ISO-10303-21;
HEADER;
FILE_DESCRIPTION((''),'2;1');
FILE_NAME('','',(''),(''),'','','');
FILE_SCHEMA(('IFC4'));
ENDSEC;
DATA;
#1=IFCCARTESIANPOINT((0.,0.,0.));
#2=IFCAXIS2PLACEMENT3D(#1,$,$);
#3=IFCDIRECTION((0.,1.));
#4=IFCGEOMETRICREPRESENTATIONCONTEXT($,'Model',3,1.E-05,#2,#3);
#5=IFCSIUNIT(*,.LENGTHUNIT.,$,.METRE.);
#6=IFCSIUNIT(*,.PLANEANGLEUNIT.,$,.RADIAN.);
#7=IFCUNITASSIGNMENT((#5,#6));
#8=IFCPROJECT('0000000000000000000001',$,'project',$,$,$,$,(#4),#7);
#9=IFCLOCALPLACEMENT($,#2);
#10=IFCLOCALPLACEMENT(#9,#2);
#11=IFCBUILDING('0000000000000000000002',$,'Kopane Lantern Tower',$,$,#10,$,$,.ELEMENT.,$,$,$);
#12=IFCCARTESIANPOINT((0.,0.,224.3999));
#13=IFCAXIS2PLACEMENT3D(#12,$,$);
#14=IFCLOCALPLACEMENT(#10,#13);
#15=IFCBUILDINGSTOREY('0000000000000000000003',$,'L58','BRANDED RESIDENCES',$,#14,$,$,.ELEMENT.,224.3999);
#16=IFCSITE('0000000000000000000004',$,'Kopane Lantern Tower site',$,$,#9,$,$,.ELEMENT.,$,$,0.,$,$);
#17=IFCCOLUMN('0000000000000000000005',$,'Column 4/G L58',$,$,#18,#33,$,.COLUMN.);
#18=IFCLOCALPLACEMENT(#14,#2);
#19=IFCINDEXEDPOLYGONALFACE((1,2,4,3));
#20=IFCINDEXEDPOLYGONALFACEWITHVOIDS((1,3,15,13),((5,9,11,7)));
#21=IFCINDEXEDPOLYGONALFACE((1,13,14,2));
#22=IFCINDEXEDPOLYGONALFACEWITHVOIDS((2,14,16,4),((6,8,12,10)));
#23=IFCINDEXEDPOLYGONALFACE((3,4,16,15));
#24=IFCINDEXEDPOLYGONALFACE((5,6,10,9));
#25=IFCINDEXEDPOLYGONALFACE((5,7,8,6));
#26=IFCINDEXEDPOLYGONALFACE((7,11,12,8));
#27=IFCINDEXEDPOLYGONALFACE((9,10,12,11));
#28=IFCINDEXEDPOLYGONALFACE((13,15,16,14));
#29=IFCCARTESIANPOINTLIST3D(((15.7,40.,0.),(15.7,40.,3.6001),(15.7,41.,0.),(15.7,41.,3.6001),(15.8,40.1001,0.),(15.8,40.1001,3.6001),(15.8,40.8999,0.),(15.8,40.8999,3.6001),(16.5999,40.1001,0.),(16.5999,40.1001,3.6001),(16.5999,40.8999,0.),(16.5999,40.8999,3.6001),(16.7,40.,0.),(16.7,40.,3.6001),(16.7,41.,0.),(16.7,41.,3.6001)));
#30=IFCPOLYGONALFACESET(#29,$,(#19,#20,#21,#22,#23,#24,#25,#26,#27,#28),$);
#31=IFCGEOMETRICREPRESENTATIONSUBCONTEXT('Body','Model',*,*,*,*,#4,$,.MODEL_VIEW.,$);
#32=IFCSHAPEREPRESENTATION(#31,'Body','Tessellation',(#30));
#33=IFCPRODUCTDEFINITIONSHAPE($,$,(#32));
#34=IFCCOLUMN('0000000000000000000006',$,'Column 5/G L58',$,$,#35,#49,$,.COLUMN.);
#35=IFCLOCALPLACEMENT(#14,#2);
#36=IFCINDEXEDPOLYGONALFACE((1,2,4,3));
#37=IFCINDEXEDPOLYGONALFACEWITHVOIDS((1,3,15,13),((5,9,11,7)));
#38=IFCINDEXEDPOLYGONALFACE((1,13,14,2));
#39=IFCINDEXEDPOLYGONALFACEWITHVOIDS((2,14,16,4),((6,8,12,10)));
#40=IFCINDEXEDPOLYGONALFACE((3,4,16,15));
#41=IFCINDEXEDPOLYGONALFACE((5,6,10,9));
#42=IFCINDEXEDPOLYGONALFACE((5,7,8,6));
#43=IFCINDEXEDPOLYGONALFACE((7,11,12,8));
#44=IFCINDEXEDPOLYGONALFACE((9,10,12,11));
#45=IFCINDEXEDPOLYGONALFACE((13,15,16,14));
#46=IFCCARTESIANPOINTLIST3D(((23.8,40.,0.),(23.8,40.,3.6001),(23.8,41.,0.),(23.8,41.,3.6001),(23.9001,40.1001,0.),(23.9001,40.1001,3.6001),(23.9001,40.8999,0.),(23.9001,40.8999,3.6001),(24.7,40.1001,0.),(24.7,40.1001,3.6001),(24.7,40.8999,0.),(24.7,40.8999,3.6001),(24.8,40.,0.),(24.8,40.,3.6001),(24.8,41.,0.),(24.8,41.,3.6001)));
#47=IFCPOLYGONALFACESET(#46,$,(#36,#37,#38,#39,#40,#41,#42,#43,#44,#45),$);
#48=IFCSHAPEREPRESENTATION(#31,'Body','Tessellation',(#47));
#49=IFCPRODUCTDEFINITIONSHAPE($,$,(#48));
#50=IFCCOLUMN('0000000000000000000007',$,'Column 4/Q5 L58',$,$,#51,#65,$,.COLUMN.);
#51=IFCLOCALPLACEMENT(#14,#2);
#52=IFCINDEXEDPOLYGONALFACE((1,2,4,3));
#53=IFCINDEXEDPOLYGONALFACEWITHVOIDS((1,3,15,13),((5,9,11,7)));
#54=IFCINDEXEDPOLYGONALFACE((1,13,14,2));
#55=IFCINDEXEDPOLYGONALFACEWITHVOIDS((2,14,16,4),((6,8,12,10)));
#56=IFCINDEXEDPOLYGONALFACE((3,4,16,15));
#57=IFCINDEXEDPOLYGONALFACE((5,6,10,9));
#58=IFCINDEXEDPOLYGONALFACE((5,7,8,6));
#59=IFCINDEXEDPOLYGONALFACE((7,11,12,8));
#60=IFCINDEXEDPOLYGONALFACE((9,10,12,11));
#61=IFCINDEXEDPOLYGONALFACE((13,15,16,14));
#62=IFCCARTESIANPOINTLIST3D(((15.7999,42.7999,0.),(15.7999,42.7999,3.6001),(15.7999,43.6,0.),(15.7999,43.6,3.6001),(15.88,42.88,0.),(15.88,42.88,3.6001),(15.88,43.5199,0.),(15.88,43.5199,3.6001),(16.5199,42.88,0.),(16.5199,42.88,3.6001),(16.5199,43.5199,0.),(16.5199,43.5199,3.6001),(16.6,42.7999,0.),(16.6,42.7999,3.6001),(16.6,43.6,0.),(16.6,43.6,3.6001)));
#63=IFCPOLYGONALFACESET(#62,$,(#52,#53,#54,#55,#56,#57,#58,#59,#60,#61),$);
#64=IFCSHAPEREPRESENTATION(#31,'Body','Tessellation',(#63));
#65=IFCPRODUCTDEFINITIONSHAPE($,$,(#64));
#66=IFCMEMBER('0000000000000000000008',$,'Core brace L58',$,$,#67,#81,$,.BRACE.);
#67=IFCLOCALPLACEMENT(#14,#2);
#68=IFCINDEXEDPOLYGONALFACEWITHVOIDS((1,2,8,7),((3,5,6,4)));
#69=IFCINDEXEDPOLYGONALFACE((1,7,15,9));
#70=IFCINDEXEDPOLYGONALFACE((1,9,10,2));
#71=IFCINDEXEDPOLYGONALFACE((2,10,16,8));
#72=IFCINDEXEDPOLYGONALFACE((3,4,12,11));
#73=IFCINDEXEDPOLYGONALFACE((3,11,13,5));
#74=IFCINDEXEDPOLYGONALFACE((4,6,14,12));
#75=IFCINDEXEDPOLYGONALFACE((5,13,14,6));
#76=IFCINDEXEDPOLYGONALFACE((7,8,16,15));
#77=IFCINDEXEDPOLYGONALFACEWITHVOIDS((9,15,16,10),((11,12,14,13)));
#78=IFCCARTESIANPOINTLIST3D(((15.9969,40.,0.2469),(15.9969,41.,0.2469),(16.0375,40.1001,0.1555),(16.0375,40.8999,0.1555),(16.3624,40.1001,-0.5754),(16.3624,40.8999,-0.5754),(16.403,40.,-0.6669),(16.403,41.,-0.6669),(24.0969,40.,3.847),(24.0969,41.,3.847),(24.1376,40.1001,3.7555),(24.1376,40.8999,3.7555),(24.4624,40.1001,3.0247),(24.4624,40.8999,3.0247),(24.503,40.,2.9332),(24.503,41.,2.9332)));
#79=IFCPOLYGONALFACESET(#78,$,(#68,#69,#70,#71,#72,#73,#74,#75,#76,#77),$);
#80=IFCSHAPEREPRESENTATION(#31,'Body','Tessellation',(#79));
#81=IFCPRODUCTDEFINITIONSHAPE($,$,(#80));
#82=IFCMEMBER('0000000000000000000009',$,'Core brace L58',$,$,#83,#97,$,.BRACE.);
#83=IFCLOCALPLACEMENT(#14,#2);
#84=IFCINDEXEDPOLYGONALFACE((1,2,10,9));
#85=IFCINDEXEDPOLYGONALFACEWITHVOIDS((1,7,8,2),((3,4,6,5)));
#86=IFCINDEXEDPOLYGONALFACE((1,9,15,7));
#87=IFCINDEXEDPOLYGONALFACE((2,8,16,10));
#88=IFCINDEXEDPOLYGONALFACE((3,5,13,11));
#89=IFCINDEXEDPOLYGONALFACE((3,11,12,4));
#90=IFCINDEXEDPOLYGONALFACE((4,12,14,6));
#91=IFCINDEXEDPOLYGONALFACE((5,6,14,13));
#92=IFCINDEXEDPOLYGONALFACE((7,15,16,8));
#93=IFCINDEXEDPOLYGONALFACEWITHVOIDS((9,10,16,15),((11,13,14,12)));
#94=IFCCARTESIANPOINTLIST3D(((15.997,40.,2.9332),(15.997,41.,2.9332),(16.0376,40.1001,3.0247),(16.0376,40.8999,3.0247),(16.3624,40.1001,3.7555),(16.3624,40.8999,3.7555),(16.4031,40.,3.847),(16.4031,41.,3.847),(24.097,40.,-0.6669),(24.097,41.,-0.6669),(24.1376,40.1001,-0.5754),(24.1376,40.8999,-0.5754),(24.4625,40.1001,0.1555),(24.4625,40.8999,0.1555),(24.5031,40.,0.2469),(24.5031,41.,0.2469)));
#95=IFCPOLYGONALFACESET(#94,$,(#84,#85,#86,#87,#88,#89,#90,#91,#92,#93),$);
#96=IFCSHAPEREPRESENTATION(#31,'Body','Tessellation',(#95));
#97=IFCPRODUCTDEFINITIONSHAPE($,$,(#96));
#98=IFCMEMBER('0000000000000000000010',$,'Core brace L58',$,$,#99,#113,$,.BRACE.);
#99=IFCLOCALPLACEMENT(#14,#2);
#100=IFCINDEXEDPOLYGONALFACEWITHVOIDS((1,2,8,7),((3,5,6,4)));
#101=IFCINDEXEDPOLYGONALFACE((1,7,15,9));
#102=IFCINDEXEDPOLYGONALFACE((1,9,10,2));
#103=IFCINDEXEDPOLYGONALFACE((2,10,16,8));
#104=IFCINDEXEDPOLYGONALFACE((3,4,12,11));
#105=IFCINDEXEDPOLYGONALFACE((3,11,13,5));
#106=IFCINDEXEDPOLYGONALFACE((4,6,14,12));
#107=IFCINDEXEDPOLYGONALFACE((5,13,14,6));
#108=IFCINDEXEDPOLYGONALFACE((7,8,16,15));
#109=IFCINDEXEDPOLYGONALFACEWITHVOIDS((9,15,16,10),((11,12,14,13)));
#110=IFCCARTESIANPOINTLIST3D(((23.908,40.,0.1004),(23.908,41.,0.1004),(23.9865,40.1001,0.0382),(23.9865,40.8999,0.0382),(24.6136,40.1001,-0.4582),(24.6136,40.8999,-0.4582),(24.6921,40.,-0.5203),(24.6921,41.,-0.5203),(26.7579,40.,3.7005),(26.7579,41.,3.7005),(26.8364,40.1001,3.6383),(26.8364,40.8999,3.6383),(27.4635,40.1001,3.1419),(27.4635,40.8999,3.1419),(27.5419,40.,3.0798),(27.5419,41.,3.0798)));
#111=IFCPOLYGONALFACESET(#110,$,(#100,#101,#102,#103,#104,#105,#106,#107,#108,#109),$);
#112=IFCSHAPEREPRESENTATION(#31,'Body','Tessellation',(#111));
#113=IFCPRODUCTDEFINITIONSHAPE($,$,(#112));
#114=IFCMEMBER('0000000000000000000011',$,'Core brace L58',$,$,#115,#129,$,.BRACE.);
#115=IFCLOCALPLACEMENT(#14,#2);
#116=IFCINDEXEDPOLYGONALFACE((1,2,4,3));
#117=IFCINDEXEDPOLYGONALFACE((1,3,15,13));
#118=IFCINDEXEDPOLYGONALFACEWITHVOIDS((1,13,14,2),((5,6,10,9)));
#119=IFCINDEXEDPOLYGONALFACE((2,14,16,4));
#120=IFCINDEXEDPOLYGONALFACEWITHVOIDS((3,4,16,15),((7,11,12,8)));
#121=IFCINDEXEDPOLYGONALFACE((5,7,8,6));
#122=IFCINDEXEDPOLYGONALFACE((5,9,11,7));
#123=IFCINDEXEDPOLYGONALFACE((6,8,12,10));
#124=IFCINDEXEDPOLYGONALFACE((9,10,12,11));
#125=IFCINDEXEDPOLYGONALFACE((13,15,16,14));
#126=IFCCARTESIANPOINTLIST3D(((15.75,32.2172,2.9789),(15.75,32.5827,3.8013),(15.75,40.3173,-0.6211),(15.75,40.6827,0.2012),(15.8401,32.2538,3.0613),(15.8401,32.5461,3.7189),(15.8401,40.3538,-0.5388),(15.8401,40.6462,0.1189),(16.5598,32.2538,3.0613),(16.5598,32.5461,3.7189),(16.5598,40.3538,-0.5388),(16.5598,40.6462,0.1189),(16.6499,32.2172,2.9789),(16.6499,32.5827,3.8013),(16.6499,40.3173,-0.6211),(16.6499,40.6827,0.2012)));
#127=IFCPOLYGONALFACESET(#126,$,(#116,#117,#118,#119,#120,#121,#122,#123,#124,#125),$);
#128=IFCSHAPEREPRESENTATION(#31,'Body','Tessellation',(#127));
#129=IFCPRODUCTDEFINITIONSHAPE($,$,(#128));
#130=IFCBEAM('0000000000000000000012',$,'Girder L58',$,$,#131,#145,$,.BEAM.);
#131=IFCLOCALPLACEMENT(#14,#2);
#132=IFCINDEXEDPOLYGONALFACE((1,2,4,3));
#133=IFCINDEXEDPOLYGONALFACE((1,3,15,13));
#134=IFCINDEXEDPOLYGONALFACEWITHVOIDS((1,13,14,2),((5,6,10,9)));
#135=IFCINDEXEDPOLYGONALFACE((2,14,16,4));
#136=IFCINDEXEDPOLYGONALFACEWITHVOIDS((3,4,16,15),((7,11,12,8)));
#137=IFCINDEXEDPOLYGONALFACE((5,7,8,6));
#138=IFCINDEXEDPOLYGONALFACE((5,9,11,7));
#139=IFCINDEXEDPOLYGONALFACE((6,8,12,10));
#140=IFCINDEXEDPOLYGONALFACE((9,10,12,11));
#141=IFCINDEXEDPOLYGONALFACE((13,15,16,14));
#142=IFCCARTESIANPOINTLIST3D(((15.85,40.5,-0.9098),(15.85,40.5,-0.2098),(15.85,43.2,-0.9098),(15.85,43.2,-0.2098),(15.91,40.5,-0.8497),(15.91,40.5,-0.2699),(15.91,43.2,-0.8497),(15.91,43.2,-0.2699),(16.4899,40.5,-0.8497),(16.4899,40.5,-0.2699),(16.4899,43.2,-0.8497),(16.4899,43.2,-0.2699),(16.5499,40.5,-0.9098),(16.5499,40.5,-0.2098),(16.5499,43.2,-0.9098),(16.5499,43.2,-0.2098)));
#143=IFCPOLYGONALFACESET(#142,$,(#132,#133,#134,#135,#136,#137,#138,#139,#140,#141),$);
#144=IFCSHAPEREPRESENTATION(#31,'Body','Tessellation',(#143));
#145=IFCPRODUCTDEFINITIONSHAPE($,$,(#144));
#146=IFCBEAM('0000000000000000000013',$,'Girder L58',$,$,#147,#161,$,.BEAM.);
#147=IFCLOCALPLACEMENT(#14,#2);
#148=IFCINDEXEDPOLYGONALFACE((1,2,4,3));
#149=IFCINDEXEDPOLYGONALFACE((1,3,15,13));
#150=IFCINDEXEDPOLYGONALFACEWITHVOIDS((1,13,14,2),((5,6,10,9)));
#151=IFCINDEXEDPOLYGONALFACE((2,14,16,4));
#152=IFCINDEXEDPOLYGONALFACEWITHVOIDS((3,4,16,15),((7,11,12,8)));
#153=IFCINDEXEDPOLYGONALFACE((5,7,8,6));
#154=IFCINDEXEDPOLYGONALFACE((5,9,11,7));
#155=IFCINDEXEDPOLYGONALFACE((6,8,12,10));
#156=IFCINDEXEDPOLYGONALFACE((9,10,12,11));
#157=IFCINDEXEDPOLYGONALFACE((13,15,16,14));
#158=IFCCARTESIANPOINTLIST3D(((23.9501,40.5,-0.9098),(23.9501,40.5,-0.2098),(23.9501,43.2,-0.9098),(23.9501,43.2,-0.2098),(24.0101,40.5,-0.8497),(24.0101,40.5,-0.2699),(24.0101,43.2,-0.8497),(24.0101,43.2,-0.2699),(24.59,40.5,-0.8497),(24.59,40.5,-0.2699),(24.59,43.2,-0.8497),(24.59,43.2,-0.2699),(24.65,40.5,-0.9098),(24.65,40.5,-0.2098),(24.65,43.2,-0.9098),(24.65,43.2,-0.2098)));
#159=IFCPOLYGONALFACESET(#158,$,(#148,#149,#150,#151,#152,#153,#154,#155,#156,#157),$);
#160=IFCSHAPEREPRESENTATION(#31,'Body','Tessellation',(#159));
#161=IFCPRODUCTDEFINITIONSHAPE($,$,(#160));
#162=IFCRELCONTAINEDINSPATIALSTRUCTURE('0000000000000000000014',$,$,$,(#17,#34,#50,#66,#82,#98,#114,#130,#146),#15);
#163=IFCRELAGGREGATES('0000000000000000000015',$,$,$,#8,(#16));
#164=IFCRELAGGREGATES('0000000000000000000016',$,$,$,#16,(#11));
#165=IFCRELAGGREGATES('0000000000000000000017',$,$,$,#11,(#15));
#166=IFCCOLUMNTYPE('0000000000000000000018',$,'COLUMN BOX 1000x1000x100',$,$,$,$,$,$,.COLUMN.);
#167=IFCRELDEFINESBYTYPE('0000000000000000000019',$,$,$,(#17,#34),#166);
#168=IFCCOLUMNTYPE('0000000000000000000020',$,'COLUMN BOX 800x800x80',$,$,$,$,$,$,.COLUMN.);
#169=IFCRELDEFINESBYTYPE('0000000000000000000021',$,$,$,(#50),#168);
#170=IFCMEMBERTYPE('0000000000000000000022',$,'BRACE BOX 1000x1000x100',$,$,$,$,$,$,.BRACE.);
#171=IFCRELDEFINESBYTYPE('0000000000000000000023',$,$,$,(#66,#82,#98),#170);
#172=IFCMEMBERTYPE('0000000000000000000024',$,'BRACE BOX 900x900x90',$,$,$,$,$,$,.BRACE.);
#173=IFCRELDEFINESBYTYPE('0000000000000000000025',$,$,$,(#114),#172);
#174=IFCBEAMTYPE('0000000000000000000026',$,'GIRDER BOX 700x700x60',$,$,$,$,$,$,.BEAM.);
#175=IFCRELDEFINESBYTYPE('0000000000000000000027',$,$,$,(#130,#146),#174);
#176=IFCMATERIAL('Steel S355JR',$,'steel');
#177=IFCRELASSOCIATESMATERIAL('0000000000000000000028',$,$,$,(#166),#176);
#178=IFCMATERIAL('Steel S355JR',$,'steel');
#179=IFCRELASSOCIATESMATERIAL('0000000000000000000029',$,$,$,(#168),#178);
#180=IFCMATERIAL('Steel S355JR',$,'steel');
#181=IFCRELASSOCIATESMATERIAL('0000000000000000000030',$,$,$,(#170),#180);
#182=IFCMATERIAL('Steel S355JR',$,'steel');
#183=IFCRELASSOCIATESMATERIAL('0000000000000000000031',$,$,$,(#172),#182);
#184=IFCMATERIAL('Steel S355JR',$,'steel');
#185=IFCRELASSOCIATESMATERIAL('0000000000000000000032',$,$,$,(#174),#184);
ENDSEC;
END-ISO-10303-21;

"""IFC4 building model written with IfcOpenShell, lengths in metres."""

from ifc_helpers import new_model, si_unit, direction, frame, origin, origin_2d, place, context, subcontext, project, spatial, hollow_rectangle, extrude, material, material_profile, profile_set, type_object, element, save


model = new_model("IFC4")

# Units and contexts
model_context = context("Model", 3, precision=1e-05, world=origin(), true_north=direction((0.0, 1.0)))
body_context = subcontext(model_context, "Body", "Model", "MODEL_VIEW")
ifc_project = project(units=[si_unit("LENGTHUNIT", "METRE"), si_unit("PLANEANGLEUNIT", "RADIAN")], contexts=[model_context])

# Site, building, storey
site_placement = place(None, origin())
site = spatial("IfcSite", under=ifc_project, at=site_placement, Name="Kopane Lantern Tower site", CompositionType="ELEMENT", RefElevation=0.0)
building_placement = place(site_placement, origin())
building = spatial("IfcBuilding", under=site, at=building_placement, Name="Kopane Lantern Tower", CompositionType="ELEMENT")
storey_placement = place(building_placement, frame((0.0, 0.0, 224.3999)))
storey = spatial("IfcBuildingStorey", under=building, at=storey_placement, Name="L58", Description="BRANDED RESIDENCES", CompositionType="ELEMENT", Elevation=224.3999)

# Columns
ifc_material_1 = material(Name="Steel S355JR", Category="steel")
ifc_material_profile_1 = material_profile(ifc_material_1, hollow_rectangle(XDim=1.0, YDim=1.0, WallThickness=0.1001, at=origin_2d()), Name="BOX 1000x1000x100")
ifc_profile_set_1 = profile_set([ifc_material_profile_1], Name="Steel S355JR")
column_type_1 = type_object("IfcColumnType", Name="COLUMN BOX 1000x1000x100", PredefinedType="COLUMN", material=ifc_profile_set_1)
for number, where, z_axis, x_axis, name in (
    (1, (16.2, 40.5, 0.0), (0.0, 0.0, 1.0), (1.0, 0.0, 0.0), "Column 4/G L58"),
    (2, (24.3, 40.5, 0.0), (0.0, 0.0, 1.0), (1.0, 0.0, 0.0), "Column 5/G L58"),
):
    element("IfcColumn", number, at=place(storey_placement, frame(where, z_axis=z_axis, x_axis=x_axis)), inside=storey, type_object=column_type_1, Name=name, PredefinedType="COLUMN", context=body_context, shape_type="SweptSolid", body=[
        extrude(hollow_rectangle(XDim=1.0, YDim=1.0, WallThickness=0.1001, at=origin_2d()), origin(), (0.0, 0.0, 1.0), 3.6001),
    ])
ifc_material_2 = material(Name="Steel S355JR", Category="steel")
ifc_material_profile_2 = material_profile(ifc_material_2, hollow_rectangle(XDim=0.8, YDim=0.8, WallThickness=0.0801, at=origin_2d()), Name="BOX 800x800x80")
ifc_profile_set_2 = profile_set([ifc_material_profile_2], Name="Steel S355JR")
column_type_2 = type_object("IfcColumnType", Name="COLUMN BOX 800x800x80", PredefinedType="COLUMN", material=ifc_profile_set_2)
column_placement = place(storey_placement, frame((16.2, 43.2, 0.0), z_axis=(0.0, 0.0, 1.0), x_axis=(1.0, 0.0, 0.0)))
element("IfcColumn", 3, at=column_placement, inside=storey, type_object=column_type_2, Name="Column 4/Q5 L58", PredefinedType="COLUMN", context=body_context, shape_type="SweptSolid", body=[
    extrude(hollow_rectangle(XDim=0.8, YDim=0.8, WallThickness=0.0801, at=origin_2d()), origin(), (0.0, 0.0, 1.0), 3.6001),
])

# Members
ifc_material_3 = material(Name="Steel S355JR", Category="steel")
ifc_material_profile_3 = material_profile(ifc_material_3, hollow_rectangle(XDim=1.0, YDim=1.0, WallThickness=0.1001, at=origin_2d()), Name="BOX 1000x1000x100")
ifc_profile_set_3 = profile_set([ifc_material_profile_3], Name="Steel S355JR")
member_type_1 = type_object("IfcMemberType", Name="BRACE BOX 1000x1000x100", PredefinedType="BRACE", material=ifc_profile_set_3)
for number, where, z_axis, x_axis, name in (
    (4, (16.2, 40.5, -0.21), (0.913809, 0.0, 0.406144), (0.0, 1.0, 0.0), "Core brace L58"),
    (5, (24.3, 40.5, -0.21), (-0.913809, 0.0, 0.406144), (0.0, -1.0, 0.0), "Core brace L58"),
):
    element("IfcMember", number, at=place(storey_placement, frame(where, z_axis=z_axis, x_axis=x_axis)), inside=storey, type_object=member_type_1, Name=name, PredefinedType="BRACE", context=body_context, shape_type="SweptSolid", body=[
        extrude(hollow_rectangle(XDim=1.0, YDim=1.0, WallThickness=0.1001, at=origin_2d()), origin(), (0.0, 0.0, 1.0), 8.864),
    ])
member_1_placement = place(storey_placement, frame((24.3, 40.5, -0.21), z_axis=(0.620673, 0.0, 0.78407), x_axis=(0.0, 1.0, 0.0)))
element("IfcMember", 6, at=member_1_placement, inside=storey, type_object=member_type_1, Name="Core brace L58", PredefinedType="BRACE", context=body_context, shape_type="SweptSolid", body=[
    extrude(hollow_rectangle(XDim=1.0, YDim=1.0, WallThickness=0.1001, at=origin_2d()), origin(), (0.0, 0.0, 1.0), 4.5916),
])
ifc_material_4 = material(Name="Steel S355JR", Category="steel")
ifc_material_profile_4 = material_profile(ifc_material_4, hollow_rectangle(XDim=0.8999, YDim=0.8999, WallThickness=0.0901, at=origin_2d()), Name="BOX 900x900x90")
ifc_profile_set_4 = profile_set([ifc_material_profile_4], Name="Steel S355JR")
member_type_2 = type_object("IfcMemberType", Name="BRACE BOX 900x900x90", PredefinedType="BRACE", material=ifc_profile_set_4)
member_2_placement = place(storey_placement, frame((16.2, 40.5, -0.21), z_axis=(0.0, -0.913809, 0.406144), x_axis=(1.0, 0.0, 0.0)))
element("IfcMember", 7, at=member_2_placement, inside=storey, type_object=member_type_2, Name="Core brace L58", PredefinedType="BRACE", context=body_context, shape_type="SweptSolid", body=[
    extrude(hollow_rectangle(XDim=0.8999, YDim=0.8999, WallThickness=0.0901, at=origin_2d()), origin(), (0.0, 0.0, 1.0), 8.864),
])

# Beams
ifc_material_5 = material(Name="Steel S355JR", Category="steel")
ifc_material_profile_5 = material_profile(ifc_material_5, hollow_rectangle(XDim=0.7, YDim=0.7, WallThickness=0.0601, at=origin_2d()), Name="BOX 700x700x60")
ifc_profile_set_5 = profile_set([ifc_material_profile_5], Name="Steel S355JR")
beam_type_1 = type_object("IfcBeamType", Name="GIRDER BOX 700x700x60", PredefinedType="BEAM", material=ifc_profile_set_5)
for number, where, z_axis, x_axis, name in (
    (8, (16.2, 40.5, -0.5598), (0.0, 1.0, 0.0), (-1.0, 0.0, 0.0), "Girder L58"),
    (9, (24.3, 40.5, -0.5598), (0.0, 1.0, 0.0), (-1.0, 0.0, 0.0), "Girder L58"),
):
    element("IfcBeam", number, at=place(storey_placement, frame(where, z_axis=z_axis, x_axis=x_axis)), inside=storey, type_object=beam_type_1, Name=name, PredefinedType="BEAM", context=body_context, shape_type="SweptSolid", body=[
        extrude(hollow_rectangle(XDim=0.7, YDim=0.7, WallThickness=0.0601, at=origin_2d()), origin(), (0.0, 0.0, 1.0), 2.7),
    ])

save(model, "model.ifc")
